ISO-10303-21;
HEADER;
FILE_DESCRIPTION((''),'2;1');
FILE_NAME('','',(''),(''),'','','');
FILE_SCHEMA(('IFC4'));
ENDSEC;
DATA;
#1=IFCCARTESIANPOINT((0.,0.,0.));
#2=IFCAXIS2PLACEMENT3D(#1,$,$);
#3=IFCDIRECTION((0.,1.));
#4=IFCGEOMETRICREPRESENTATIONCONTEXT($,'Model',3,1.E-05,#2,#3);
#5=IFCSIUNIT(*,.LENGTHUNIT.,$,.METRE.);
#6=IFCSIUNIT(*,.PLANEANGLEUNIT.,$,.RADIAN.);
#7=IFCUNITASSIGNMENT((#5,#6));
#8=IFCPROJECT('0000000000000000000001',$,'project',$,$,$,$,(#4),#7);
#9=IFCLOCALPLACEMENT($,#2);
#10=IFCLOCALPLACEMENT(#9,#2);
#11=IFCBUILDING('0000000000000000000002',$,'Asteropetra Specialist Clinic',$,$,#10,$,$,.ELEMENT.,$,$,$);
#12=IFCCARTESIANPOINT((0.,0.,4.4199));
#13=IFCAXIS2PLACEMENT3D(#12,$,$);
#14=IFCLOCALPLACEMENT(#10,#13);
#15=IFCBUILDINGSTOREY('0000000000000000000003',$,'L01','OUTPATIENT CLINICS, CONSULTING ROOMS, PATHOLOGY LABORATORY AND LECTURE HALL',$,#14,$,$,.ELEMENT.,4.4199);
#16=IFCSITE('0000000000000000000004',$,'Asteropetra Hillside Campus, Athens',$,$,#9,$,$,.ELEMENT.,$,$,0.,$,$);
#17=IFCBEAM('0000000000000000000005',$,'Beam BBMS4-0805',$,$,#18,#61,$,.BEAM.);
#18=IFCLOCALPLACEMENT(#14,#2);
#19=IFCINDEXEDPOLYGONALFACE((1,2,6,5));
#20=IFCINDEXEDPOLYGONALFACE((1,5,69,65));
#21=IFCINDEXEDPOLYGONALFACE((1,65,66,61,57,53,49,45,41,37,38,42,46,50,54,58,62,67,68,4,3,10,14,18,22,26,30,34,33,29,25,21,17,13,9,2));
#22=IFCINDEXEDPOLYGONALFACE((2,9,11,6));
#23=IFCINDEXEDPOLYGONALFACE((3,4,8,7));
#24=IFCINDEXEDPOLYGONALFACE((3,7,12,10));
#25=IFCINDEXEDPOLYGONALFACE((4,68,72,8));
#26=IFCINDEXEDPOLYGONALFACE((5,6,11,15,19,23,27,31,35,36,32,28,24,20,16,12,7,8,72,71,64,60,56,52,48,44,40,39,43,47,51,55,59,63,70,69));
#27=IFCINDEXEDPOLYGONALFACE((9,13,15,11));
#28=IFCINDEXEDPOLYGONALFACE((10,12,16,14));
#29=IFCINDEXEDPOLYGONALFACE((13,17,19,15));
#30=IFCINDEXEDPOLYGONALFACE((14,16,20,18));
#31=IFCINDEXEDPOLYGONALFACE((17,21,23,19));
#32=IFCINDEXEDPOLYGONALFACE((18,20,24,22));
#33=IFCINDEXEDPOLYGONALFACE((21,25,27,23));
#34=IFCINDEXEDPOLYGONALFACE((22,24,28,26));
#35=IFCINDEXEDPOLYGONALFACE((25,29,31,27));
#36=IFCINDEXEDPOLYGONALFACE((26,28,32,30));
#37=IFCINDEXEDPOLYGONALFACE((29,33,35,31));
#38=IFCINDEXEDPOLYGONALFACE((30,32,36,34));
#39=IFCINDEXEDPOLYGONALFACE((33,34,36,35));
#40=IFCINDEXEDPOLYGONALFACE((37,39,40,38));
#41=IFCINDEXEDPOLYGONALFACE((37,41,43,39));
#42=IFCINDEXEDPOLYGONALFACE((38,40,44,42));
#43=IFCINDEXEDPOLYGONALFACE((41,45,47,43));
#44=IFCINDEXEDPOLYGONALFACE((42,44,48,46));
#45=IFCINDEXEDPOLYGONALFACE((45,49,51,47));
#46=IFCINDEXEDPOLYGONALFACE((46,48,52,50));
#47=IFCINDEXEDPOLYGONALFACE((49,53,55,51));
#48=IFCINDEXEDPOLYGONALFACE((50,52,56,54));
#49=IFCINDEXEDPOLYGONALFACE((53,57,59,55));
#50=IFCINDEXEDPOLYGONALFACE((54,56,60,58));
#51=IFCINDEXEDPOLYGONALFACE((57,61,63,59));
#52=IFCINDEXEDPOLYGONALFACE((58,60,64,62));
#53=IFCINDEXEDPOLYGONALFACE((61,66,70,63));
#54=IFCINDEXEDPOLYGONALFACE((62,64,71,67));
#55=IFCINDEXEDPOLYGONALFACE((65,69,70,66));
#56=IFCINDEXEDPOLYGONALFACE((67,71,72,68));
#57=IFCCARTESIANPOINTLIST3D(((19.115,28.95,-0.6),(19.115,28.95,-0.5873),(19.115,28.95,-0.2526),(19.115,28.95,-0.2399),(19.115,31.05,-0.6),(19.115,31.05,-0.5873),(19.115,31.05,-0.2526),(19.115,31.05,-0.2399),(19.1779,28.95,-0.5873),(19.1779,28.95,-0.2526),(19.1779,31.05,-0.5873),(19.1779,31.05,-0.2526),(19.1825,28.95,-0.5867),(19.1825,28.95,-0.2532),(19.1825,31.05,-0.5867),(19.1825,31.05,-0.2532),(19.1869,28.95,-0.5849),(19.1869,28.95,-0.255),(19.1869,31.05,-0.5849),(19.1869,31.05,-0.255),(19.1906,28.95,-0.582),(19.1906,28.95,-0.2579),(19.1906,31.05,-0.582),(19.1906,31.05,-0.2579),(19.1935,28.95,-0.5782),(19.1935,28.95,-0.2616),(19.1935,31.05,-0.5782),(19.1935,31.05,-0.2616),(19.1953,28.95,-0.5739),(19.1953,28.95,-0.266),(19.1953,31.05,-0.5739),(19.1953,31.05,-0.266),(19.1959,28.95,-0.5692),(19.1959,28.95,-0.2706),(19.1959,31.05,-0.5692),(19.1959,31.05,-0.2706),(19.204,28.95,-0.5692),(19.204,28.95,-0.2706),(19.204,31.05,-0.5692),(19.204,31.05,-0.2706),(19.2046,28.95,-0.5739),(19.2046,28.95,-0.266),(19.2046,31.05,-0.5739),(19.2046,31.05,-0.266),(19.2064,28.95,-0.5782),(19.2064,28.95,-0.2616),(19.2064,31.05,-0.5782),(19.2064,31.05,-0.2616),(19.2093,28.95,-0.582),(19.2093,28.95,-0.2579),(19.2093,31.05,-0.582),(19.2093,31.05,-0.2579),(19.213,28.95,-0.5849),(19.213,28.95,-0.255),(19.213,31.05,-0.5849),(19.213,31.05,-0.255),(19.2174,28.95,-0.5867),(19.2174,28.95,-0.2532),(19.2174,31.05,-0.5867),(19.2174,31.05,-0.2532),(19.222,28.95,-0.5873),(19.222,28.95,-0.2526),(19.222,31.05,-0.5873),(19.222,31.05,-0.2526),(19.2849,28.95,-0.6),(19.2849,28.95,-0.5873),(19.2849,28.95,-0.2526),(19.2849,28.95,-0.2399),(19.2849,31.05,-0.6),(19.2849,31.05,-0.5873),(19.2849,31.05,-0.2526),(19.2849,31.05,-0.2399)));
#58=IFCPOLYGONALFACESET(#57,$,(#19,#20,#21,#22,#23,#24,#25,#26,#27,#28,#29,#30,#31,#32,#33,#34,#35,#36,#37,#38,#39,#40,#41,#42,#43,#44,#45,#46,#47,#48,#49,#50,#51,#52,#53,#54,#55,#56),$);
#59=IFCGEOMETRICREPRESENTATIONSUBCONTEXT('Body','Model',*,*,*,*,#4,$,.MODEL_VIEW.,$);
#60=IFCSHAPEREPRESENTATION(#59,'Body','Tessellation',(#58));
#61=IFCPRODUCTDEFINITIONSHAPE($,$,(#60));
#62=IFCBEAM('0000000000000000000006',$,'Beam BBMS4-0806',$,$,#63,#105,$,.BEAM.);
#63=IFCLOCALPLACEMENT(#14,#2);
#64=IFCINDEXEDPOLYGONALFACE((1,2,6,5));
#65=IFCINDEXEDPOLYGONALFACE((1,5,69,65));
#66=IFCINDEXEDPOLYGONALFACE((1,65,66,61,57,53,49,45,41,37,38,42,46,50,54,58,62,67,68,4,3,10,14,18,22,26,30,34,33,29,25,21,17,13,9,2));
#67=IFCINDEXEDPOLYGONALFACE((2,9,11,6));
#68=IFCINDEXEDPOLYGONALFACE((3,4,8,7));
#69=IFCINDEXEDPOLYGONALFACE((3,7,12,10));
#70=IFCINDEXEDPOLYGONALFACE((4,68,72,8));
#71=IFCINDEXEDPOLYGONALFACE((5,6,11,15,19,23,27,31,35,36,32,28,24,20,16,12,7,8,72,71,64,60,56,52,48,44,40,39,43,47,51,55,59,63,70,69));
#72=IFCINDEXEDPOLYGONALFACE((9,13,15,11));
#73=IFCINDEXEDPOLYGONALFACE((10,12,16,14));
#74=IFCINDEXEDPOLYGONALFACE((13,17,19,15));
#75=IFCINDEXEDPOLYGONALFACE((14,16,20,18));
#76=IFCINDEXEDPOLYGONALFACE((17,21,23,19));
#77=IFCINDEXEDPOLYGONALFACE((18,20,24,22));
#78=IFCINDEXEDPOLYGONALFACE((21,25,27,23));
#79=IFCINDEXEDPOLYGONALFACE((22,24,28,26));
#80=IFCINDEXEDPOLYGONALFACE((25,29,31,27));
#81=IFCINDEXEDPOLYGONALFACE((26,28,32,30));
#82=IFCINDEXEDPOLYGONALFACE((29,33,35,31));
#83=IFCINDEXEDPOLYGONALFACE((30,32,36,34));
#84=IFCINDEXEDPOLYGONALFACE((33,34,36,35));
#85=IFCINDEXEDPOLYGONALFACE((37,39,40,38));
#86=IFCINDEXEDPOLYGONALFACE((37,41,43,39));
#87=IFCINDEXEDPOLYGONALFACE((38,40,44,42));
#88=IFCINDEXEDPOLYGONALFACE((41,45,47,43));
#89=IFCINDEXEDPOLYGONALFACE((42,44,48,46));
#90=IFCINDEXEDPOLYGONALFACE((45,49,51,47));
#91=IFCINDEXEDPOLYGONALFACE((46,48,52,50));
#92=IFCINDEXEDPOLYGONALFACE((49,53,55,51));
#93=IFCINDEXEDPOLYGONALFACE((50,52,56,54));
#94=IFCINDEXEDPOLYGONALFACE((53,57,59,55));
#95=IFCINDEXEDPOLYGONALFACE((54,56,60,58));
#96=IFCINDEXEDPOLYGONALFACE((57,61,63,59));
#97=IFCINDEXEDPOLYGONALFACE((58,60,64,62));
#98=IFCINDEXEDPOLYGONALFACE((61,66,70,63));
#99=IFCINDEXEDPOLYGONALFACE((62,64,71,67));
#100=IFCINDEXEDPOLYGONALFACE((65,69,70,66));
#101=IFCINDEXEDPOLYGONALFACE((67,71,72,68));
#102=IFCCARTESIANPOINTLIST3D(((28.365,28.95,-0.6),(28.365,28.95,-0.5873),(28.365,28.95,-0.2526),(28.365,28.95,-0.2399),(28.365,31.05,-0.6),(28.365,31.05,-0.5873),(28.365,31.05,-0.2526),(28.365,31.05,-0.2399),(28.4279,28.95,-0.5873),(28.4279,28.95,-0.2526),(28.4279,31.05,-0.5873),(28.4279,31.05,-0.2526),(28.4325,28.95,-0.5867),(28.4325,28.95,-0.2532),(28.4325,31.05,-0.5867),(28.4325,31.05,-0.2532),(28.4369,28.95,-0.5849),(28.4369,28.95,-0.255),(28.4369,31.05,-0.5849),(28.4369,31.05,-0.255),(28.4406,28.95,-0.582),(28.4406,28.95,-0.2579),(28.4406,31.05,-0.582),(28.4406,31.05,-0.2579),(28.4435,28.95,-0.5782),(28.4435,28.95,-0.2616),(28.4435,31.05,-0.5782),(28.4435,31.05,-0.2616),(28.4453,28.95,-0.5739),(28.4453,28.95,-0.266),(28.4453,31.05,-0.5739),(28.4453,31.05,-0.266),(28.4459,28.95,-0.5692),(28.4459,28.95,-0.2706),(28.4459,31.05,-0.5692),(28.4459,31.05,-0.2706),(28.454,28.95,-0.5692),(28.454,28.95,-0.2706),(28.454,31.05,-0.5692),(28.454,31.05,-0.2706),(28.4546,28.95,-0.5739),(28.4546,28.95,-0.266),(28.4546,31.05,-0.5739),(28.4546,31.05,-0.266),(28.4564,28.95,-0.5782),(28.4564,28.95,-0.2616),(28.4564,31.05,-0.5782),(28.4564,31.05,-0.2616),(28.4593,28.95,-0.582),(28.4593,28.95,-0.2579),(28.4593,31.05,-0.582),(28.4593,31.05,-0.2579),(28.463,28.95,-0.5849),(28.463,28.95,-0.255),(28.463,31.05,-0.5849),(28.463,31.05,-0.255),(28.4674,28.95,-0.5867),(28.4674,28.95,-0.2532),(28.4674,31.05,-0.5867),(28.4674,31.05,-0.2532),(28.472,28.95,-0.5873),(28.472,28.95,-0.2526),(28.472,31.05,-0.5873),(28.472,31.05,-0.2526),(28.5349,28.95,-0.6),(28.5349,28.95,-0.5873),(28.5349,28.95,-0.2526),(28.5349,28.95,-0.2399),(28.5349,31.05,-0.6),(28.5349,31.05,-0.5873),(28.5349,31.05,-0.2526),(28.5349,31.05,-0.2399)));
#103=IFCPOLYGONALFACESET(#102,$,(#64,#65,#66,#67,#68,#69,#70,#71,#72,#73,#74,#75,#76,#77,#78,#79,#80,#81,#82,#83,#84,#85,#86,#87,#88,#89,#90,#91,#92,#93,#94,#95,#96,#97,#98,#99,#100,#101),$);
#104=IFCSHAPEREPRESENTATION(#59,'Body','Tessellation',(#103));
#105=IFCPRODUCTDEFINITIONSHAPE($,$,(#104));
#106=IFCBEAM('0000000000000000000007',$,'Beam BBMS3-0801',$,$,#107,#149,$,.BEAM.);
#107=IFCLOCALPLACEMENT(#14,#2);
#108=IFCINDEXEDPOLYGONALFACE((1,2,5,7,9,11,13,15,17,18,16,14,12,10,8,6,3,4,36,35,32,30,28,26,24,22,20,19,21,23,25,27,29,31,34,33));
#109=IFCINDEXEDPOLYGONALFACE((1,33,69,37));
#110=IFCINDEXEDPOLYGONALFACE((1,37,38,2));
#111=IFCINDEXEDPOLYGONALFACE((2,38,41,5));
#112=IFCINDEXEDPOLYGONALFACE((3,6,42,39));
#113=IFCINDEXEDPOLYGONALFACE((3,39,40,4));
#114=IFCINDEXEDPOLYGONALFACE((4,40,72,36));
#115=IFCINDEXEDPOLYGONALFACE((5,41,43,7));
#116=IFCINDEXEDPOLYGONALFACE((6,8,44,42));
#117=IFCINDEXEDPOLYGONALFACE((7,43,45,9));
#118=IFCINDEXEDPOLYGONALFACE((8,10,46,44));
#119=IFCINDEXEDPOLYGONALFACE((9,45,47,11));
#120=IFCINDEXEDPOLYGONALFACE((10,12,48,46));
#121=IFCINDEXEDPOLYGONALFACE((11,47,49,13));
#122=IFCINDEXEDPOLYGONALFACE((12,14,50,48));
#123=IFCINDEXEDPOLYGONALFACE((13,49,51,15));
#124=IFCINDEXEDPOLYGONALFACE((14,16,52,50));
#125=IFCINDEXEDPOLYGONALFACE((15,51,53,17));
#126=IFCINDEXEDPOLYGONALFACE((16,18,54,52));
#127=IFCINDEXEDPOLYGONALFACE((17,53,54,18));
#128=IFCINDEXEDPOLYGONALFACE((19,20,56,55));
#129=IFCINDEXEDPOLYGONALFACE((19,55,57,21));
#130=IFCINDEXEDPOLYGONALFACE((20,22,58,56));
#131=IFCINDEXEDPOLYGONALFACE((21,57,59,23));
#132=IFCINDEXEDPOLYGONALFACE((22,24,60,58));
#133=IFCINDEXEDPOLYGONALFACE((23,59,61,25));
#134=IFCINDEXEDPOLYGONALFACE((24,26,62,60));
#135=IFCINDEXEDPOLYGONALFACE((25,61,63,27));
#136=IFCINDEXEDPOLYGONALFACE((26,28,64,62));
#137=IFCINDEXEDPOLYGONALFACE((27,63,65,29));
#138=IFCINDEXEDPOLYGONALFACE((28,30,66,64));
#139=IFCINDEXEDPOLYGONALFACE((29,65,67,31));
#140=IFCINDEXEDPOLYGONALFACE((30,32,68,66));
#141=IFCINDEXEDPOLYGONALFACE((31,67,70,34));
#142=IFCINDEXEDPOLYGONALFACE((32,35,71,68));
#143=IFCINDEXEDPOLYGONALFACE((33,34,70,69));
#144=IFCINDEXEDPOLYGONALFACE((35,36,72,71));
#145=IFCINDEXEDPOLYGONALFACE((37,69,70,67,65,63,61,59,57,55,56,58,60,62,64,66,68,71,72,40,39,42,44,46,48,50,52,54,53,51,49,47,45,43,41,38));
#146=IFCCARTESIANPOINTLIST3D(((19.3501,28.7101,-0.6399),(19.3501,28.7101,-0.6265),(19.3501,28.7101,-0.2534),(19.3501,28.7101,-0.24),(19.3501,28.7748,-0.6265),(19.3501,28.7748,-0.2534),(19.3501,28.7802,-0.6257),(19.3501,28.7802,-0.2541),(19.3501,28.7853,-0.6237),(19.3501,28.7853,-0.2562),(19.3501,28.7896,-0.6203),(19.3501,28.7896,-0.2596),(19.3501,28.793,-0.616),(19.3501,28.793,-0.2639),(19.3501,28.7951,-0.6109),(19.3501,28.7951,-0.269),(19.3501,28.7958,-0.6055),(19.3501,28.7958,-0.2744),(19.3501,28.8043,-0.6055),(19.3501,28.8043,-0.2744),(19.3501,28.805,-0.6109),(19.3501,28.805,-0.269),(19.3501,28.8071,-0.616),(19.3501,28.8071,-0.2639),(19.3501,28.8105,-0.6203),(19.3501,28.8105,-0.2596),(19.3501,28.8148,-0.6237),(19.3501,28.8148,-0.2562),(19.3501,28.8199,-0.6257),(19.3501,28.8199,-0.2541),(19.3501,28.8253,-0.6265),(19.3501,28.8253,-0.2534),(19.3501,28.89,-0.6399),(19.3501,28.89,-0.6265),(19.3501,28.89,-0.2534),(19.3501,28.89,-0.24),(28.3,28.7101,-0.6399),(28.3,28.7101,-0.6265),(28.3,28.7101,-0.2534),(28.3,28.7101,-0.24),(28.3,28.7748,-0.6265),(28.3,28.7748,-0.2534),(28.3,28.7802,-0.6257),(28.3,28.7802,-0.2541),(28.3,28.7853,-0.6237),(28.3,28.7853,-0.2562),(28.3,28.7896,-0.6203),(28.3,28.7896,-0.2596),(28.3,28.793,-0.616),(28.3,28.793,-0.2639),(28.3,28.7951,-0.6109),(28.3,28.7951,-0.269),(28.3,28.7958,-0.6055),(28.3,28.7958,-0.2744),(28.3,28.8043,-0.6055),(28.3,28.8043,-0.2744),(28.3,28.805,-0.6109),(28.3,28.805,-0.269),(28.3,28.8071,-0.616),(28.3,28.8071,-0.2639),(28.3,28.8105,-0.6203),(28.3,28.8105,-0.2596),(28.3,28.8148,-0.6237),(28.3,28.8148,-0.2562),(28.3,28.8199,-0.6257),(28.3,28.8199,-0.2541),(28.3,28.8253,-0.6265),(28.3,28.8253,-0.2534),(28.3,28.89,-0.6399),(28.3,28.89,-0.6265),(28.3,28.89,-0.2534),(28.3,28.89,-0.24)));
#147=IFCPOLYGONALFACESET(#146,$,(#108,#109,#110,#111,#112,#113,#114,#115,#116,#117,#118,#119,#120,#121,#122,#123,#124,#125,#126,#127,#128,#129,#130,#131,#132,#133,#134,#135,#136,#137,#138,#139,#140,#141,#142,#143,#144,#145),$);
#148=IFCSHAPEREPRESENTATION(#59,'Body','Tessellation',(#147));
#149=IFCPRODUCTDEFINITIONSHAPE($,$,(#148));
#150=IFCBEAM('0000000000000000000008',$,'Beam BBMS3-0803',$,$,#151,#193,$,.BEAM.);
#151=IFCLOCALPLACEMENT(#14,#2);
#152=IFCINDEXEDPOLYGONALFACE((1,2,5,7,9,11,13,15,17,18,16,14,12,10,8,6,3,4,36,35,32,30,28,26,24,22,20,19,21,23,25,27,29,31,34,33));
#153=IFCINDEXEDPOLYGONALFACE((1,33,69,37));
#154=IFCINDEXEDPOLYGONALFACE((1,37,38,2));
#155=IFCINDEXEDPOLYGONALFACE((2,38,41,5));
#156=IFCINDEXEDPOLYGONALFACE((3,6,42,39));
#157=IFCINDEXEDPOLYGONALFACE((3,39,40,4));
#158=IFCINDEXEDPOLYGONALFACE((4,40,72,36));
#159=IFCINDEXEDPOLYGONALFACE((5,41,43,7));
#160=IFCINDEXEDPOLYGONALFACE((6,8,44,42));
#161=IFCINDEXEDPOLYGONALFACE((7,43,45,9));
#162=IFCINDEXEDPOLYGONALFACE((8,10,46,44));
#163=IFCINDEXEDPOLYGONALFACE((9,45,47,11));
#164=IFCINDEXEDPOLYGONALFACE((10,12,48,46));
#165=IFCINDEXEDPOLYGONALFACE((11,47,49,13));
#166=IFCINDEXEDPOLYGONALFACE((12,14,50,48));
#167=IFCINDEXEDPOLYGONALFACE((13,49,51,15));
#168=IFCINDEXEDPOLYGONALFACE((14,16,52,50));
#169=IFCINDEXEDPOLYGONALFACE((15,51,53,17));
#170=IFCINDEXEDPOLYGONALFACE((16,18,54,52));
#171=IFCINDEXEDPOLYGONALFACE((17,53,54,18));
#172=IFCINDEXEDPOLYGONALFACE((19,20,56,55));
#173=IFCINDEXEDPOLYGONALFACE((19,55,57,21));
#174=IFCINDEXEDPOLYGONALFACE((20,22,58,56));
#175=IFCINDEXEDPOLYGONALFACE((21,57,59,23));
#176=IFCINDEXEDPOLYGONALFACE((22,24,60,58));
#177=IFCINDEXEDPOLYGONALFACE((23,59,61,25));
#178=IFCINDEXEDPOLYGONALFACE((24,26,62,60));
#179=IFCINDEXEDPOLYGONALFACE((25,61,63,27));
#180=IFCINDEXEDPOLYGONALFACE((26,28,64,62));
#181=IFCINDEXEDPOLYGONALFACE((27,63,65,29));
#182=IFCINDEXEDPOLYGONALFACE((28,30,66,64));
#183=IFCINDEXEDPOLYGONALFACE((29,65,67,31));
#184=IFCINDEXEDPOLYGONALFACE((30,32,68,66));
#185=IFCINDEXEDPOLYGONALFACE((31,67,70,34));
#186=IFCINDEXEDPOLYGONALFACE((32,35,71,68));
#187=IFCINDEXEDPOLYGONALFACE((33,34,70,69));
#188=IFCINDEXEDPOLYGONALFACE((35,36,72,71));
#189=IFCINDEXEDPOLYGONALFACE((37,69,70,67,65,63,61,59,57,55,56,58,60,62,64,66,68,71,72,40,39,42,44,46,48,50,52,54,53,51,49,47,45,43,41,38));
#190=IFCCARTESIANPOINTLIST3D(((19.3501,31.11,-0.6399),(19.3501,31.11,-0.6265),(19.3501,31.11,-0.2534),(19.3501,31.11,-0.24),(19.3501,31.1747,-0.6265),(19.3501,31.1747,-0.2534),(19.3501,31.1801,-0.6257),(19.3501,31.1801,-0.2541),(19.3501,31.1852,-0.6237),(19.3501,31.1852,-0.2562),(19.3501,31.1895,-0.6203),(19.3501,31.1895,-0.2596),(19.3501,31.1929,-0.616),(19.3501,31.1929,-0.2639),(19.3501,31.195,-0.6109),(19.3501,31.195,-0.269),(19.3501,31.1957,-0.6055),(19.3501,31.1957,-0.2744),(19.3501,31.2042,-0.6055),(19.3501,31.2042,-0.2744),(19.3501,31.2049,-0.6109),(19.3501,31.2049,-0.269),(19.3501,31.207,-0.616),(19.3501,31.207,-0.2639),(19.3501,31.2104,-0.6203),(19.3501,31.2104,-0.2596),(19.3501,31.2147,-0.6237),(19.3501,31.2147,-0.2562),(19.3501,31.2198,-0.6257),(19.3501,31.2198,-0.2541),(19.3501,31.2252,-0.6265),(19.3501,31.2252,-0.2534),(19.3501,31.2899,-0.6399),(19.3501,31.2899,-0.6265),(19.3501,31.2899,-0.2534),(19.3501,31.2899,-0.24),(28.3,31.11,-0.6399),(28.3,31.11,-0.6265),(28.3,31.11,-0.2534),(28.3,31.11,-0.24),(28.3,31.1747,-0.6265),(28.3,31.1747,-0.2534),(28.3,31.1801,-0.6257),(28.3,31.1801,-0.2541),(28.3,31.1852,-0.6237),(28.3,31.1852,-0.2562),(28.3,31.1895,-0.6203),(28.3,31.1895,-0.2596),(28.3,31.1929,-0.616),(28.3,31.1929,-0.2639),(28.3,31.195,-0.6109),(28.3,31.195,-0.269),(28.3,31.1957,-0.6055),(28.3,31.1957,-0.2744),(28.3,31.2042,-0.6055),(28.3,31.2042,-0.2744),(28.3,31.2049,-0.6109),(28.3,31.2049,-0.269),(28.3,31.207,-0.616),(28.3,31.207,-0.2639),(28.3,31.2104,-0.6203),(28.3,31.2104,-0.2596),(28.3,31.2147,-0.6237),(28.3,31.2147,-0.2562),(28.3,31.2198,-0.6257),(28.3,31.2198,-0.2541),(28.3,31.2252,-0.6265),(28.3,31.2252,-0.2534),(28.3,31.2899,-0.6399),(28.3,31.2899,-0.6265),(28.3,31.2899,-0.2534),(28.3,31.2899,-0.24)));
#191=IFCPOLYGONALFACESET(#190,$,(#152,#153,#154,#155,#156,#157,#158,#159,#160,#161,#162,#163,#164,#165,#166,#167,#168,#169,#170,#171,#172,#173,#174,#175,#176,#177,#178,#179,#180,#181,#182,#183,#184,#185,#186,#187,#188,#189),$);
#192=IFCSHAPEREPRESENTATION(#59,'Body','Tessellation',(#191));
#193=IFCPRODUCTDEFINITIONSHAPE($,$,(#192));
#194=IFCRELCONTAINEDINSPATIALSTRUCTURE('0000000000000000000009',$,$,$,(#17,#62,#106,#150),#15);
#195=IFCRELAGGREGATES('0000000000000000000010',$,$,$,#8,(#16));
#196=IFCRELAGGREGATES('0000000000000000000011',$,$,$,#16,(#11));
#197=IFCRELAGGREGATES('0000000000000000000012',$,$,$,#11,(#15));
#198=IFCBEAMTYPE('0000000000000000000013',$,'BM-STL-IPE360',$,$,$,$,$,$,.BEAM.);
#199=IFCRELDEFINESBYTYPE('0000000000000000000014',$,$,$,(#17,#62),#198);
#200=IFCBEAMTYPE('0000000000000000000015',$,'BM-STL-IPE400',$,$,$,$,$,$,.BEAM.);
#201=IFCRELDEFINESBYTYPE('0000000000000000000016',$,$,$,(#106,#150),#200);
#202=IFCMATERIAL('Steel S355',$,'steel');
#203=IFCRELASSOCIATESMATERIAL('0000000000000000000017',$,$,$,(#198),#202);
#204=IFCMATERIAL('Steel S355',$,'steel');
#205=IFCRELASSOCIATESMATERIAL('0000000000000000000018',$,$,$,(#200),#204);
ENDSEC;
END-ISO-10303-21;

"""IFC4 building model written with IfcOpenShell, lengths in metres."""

from ifc_helpers import new_model, si_unit, direction, frame, origin, origin_2d, place, context, subcontext, project, spatial, i_section, extrude, material, material_profile, profile_set, type_object, element, save


model = new_model("IFC4")

# Units and contexts
model_context = context("Model", 3, precision=1e-05, world=origin(), true_north=direction((0.0, 1.0)))
body_context = subcontext(model_context, "Body", "Model", "MODEL_VIEW")
ifc_project = project(units=[si_unit("LENGTHUNIT", "METRE"), si_unit("PLANEANGLEUNIT", "RADIAN")], contexts=[model_context])

# Site, building, storey
site_placement = place(None, origin())
site = spatial("IfcSite", under=ifc_project, at=site_placement, Name="Asteropetra Hillside Campus, Athens", CompositionType="ELEMENT", RefElevation=0.0)
building_placement = place(site_placement, origin())
building = spatial("IfcBuilding", under=site, at=building_placement, Name="Asteropetra Specialist Clinic", CompositionType="ELEMENT")
storey_placement = place(building_placement, frame((0.0, 0.0, 4.4199)))
storey = spatial("IfcBuildingStorey", under=building, at=storey_placement, Name="L01", Description="OUTPATIENT CLINICS, CONSULTING ROOMS, PATHOLOGY LABORATORY AND LECTURE HALL", CompositionType="ELEMENT", Elevation=4.4199)

# Beams
ifc_material_1 = material(Name="Steel S355", Category="steel")
ifc_material_profile_1 = material_profile(ifc_material_1, i_section(OverallWidth=0.1699, OverallDepth=0.3601, WebThickness=0.0081, FlangeThickness=0.0127, FilletRadius=0.0181, at=origin_2d()), Name="IPE 360")
ifc_profile_set_1 = profile_set([ifc_material_profile_1], Name="Steel S355")
beam_type_1 = type_object("IfcBeamType", Name="BM-STL-IPE360", PredefinedType="BEAM", material=ifc_profile_set_1)
for number, where, z_axis, x_axis, name in (
    (1, (19.2, 28.95, -0.4199), (0.0, 1.0, 0.0), (-1.0, 0.0, 0.0), "Beam BBMS4-0805"),
    (2, (28.45, 28.95, -0.4199), (0.0, 1.0, 0.0), (-1.0, 0.0, 0.0), "Beam BBMS4-0806"),
):
    element("IfcBeam", number, at=place(storey_placement, frame(where, z_axis=z_axis, x_axis=x_axis)), inside=storey, type_object=beam_type_1, Name=name, PredefinedType="BEAM", context=body_context, shape_type="SweptSolid", body=[
        extrude(i_section(OverallWidth=0.1699, OverallDepth=0.3601, WebThickness=0.0081, FlangeThickness=0.0127, FilletRadius=0.0181, at=origin_2d()), origin(), (0.0, 0.0, 1.0), 2.1001),
    ])
ifc_material_2 = material(Name="Steel S355", Category="steel")
ifc_material_profile_2 = material_profile(ifc_material_2, i_section(OverallWidth=0.1799, OverallDepth=0.3999, WebThickness=0.0085, FlangeThickness=0.0134, FilletRadius=0.021, at=origin_2d()), Name="IPE 400")
ifc_profile_set_2 = profile_set([ifc_material_profile_2], Name="Steel S355")
beam_type_2 = type_object("IfcBeamType", Name="BM-STL-IPE400", PredefinedType="BEAM", material=ifc_profile_set_2)
for number, where, z_axis, x_axis, name in (
    (3, (19.3501, 28.8, -0.4399), (1.0, 0.0, 0.0), (0.0, 1.0, 0.0), "Beam BBMS3-0801"),
    (4, (19.3501, 31.2, -0.4399), (1.0, 0.0, 0.0), (0.0, 1.0, 0.0), "Beam BBMS3-0803"),
):
    element("IfcBeam", number, at=place(storey_placement, frame(where, z_axis=z_axis, x_axis=x_axis)), inside=storey, type_object=beam_type_2, Name=name, PredefinedType="BEAM", context=body_context, shape_type="SweptSolid", body=[
        extrude(i_section(OverallWidth=0.1799, OverallDepth=0.3999, WebThickness=0.0085, FlangeThickness=0.0134, FilletRadius=0.021, at=origin_2d()), origin(), (0.0, 0.0, 1.0), 8.95),
    ])

save(model, "model.ifc")
